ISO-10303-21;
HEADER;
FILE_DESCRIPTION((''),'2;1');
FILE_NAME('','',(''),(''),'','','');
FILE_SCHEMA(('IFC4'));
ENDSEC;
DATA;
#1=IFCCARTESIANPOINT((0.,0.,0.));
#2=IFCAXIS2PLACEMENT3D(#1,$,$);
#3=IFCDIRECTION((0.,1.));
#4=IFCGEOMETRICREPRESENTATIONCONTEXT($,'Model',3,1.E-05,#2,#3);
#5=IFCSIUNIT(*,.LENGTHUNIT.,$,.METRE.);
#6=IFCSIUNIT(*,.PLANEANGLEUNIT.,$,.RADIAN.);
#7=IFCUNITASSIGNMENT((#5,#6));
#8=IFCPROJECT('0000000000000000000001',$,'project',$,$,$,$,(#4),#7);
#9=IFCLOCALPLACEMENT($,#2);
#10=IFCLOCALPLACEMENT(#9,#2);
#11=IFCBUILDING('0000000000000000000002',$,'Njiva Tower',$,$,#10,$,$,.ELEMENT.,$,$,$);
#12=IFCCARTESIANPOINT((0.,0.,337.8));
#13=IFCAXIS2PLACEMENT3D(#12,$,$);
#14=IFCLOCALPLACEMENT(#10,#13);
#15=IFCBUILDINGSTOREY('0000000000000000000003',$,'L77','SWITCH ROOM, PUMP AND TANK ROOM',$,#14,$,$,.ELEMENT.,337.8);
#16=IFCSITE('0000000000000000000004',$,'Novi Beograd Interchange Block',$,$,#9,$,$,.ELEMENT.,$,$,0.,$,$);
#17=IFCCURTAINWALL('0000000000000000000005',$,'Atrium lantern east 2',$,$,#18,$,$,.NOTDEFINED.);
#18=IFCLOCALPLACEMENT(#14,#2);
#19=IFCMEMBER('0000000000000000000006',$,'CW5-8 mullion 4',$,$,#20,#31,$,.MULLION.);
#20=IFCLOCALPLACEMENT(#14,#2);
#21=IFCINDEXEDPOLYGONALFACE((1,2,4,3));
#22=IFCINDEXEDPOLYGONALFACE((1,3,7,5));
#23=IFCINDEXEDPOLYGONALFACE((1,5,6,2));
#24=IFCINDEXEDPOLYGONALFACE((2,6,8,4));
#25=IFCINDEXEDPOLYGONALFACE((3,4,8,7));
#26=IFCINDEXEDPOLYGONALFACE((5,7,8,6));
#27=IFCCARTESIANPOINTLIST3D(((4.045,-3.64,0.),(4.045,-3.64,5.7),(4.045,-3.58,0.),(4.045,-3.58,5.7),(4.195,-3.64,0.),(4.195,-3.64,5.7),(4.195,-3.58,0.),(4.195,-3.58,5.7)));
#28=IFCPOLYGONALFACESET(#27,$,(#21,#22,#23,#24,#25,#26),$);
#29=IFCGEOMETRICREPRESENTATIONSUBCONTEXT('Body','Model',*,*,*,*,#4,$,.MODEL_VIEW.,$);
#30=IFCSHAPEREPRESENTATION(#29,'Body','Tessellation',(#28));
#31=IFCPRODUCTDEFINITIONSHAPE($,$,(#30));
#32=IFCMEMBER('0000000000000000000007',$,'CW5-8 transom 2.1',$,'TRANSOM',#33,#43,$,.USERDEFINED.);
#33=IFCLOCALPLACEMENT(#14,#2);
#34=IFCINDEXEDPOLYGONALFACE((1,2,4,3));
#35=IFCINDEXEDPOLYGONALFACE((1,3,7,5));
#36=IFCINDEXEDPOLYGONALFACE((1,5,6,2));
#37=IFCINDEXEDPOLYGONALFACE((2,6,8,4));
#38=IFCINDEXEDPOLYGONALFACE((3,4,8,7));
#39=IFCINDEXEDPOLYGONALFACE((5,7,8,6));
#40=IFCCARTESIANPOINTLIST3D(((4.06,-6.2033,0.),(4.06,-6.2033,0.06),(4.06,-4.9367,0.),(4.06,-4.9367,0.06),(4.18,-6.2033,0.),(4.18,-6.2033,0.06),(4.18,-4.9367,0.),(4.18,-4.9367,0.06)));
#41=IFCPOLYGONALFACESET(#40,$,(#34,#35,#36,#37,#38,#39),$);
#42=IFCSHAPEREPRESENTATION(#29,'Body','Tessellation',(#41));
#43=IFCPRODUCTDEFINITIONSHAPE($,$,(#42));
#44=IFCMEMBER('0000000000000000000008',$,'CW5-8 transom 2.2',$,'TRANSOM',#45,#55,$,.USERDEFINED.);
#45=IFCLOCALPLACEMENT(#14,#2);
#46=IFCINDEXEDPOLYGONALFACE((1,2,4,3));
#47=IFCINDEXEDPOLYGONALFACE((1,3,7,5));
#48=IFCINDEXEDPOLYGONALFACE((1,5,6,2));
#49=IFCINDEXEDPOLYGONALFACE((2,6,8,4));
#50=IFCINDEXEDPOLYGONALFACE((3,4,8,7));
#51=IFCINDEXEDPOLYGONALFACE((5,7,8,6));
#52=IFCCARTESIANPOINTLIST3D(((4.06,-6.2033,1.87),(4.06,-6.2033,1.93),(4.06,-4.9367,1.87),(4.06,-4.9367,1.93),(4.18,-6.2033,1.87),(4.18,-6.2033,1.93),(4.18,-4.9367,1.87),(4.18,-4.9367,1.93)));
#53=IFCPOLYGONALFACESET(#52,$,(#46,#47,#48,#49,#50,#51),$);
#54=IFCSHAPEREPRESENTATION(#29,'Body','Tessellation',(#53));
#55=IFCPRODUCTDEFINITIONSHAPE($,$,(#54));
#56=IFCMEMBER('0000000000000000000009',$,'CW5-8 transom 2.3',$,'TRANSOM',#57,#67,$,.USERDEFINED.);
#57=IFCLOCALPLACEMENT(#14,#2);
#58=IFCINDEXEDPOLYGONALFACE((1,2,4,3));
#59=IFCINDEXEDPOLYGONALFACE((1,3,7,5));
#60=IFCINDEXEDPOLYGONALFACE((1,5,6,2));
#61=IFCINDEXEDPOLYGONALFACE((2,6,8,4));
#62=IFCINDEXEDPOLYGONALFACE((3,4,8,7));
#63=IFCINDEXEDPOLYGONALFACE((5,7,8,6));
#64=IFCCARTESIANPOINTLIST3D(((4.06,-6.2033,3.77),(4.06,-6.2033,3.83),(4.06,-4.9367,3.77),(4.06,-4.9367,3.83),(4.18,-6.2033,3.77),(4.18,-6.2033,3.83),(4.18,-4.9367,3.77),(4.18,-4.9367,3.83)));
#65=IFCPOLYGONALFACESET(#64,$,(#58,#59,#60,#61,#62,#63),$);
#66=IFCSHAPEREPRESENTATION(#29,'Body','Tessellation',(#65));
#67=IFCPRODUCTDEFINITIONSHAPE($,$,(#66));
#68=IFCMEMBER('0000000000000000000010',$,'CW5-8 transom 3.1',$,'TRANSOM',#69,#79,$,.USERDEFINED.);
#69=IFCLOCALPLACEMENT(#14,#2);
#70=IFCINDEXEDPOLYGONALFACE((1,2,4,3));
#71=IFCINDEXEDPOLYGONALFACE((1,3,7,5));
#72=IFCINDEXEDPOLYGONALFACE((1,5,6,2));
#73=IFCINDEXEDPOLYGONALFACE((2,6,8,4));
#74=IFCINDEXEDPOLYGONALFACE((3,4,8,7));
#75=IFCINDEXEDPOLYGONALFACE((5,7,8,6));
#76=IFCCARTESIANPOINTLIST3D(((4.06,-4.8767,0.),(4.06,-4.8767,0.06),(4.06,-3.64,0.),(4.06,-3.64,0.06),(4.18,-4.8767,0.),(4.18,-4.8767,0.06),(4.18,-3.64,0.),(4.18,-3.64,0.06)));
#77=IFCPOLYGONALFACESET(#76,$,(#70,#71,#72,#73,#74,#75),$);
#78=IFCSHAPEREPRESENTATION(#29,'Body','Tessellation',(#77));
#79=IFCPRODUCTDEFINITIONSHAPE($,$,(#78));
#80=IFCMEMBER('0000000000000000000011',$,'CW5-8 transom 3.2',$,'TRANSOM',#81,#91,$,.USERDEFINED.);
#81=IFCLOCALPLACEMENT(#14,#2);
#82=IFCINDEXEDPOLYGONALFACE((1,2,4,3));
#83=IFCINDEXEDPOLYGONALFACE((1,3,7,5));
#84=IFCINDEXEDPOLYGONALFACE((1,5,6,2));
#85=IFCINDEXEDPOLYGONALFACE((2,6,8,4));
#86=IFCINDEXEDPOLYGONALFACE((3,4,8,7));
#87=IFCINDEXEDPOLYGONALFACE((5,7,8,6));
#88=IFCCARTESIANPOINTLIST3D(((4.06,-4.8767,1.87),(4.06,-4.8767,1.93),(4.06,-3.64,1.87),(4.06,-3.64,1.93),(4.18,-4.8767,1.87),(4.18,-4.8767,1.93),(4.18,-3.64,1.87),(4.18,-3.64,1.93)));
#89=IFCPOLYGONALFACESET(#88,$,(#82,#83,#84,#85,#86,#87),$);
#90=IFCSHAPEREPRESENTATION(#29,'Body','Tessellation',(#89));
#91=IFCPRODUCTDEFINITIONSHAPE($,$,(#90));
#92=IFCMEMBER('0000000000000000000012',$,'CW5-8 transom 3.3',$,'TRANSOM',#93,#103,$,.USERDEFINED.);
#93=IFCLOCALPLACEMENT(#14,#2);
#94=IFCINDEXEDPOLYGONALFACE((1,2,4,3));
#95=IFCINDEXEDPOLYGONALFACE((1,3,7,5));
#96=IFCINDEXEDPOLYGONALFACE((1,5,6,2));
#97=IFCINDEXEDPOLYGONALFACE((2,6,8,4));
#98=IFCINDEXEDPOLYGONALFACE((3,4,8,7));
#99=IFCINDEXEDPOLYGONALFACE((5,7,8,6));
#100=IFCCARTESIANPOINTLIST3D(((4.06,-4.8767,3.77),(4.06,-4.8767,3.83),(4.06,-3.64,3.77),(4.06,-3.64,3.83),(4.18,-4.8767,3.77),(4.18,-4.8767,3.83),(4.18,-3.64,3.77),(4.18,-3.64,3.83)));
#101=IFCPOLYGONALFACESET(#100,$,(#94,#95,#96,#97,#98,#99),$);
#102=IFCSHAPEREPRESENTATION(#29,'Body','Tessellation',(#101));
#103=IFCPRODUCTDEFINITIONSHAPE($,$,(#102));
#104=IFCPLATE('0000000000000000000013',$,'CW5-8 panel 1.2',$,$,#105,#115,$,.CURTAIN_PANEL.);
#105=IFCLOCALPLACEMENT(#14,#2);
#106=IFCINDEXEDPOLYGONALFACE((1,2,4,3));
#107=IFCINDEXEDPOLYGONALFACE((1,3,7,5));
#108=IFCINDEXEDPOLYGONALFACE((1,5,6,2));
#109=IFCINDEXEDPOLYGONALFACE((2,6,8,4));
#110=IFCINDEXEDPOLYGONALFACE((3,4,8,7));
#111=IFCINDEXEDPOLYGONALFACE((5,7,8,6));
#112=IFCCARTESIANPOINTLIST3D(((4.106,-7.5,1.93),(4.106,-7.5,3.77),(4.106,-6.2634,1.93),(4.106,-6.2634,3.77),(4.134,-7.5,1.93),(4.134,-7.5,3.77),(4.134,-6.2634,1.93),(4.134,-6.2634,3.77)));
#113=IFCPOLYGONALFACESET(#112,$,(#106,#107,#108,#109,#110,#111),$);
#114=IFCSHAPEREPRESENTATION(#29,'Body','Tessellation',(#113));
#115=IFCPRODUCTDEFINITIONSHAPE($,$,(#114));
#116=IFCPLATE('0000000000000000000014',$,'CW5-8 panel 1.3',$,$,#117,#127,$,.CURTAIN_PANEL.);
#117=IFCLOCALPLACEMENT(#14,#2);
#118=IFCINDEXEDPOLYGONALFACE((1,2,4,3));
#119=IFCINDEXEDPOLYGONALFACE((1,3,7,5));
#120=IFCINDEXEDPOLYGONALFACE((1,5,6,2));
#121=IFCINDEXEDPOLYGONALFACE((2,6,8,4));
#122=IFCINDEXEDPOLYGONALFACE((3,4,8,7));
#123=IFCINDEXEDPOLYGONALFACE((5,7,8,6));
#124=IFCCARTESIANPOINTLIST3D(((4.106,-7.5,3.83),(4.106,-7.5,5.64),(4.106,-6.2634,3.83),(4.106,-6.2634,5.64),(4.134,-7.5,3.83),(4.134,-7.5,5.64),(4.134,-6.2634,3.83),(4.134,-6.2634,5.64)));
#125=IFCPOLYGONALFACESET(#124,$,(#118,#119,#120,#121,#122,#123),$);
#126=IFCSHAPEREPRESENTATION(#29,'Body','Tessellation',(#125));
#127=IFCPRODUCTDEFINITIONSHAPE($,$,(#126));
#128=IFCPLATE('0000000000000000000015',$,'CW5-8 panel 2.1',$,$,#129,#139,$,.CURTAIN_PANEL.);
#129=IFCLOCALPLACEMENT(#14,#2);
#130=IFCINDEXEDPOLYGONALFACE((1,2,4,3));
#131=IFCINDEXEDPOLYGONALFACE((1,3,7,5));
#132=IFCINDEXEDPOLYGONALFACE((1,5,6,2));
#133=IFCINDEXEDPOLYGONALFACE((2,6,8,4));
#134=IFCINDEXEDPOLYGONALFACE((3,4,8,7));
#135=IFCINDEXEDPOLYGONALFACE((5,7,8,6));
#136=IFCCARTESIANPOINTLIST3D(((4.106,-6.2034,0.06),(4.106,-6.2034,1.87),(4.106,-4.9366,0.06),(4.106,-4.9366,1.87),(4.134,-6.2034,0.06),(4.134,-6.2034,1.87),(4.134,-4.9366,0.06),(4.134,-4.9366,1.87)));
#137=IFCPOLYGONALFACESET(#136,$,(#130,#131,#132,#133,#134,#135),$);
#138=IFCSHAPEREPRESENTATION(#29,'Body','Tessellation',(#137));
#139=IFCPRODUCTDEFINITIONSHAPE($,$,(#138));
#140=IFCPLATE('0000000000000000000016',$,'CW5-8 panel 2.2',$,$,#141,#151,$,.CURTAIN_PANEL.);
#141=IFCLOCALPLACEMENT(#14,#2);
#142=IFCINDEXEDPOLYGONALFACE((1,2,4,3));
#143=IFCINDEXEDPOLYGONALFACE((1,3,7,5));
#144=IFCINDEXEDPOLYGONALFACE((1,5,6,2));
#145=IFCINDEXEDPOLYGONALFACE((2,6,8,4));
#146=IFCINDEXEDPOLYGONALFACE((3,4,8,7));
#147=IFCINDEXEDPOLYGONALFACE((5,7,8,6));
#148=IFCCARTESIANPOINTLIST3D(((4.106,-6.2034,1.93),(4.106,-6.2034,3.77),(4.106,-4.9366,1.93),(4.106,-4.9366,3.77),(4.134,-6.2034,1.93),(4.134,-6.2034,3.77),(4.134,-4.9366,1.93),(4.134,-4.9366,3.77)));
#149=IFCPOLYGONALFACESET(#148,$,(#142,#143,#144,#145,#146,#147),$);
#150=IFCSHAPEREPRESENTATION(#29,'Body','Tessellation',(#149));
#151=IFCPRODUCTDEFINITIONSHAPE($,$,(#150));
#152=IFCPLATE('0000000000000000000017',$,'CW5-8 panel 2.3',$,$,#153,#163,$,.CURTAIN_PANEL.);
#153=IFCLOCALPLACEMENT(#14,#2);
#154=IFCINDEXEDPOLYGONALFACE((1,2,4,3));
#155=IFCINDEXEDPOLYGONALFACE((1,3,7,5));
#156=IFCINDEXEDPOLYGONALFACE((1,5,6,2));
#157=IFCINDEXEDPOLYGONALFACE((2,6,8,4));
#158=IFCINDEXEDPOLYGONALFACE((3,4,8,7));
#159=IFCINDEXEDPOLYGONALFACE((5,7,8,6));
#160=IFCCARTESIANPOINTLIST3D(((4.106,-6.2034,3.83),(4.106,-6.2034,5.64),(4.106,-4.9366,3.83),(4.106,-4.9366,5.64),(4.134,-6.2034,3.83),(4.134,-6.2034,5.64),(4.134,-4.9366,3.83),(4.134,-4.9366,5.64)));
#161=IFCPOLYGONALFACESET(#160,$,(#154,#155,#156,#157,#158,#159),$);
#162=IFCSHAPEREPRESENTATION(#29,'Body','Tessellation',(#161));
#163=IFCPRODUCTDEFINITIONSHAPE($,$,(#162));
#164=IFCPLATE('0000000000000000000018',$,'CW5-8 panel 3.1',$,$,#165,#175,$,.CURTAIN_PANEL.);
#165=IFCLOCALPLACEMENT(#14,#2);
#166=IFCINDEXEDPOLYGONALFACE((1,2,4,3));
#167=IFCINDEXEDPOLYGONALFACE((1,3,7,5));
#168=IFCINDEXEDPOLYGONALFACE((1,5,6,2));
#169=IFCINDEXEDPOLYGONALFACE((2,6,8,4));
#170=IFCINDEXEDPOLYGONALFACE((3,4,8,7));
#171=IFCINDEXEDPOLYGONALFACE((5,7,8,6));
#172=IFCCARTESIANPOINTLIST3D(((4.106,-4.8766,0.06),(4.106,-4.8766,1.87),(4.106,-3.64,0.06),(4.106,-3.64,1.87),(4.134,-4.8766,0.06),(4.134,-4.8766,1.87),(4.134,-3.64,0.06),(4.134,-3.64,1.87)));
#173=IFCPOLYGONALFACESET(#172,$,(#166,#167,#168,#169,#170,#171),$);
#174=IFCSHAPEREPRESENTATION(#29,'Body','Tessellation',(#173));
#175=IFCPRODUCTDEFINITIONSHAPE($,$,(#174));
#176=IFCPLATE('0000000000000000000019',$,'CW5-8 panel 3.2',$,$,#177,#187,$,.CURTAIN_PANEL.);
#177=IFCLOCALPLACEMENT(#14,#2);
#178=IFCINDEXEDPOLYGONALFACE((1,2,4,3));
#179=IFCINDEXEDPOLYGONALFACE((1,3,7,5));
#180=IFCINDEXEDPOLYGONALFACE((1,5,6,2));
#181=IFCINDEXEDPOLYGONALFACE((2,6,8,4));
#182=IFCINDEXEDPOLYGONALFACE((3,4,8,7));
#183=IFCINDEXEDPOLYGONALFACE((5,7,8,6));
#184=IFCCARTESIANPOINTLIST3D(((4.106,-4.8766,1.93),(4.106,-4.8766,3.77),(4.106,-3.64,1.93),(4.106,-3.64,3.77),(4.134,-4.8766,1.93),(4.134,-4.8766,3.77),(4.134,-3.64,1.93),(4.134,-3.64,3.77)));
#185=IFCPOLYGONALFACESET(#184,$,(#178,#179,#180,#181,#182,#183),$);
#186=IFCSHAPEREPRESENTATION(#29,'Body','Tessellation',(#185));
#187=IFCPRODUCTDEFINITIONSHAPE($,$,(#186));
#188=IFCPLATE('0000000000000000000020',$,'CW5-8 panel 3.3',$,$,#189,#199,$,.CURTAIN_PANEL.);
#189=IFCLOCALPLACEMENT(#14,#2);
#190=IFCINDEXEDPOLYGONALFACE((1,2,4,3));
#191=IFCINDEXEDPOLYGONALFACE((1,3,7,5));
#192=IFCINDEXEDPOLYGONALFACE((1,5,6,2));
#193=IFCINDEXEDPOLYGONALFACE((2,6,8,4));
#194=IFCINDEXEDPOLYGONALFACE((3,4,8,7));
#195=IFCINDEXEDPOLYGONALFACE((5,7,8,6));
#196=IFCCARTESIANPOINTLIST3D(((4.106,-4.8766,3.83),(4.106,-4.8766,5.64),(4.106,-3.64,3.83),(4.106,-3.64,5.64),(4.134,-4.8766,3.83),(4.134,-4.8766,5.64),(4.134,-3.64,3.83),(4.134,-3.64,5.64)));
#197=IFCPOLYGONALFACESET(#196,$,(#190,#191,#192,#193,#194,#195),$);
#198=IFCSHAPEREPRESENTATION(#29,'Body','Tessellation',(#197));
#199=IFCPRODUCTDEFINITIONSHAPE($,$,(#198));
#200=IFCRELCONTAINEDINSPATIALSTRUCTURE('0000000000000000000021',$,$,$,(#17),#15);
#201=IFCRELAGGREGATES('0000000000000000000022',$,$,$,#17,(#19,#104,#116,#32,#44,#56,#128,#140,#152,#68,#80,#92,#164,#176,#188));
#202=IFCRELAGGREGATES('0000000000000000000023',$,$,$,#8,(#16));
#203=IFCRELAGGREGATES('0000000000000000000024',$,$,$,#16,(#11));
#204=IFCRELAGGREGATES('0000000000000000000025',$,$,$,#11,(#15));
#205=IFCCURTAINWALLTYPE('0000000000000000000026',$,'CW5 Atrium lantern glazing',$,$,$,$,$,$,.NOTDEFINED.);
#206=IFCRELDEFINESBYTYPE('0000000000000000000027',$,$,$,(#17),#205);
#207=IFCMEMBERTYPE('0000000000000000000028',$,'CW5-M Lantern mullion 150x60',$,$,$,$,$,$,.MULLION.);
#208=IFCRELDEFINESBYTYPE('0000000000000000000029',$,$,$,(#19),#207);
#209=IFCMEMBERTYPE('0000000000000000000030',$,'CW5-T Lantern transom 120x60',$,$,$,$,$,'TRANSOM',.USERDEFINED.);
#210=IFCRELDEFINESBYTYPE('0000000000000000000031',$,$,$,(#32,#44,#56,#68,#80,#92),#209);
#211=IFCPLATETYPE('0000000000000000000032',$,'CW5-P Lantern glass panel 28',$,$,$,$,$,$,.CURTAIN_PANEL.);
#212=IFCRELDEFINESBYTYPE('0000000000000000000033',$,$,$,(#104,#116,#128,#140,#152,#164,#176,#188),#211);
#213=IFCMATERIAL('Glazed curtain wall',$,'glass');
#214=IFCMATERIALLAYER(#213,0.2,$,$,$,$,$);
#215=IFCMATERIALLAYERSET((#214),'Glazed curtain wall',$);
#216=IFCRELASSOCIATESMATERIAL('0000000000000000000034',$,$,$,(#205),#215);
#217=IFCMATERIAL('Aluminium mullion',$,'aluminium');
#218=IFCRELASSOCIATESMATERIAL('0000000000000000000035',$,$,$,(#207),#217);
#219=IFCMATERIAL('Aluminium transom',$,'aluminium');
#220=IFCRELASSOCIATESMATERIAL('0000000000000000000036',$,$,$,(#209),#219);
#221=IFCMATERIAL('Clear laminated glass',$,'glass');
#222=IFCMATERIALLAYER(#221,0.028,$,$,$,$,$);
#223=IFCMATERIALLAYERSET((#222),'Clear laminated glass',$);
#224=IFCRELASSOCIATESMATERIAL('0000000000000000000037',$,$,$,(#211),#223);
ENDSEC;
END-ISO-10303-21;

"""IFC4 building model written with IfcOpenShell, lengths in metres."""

from ifc_helpers import new_model, si_unit, direction, frame, origin, origin_2d, place, context, subcontext, project, spatial, rectangle, extrude, material, layer, layer_set, material_profile, profile_set, type_object, element, aggregate, save


model = new_model("IFC4")

# Units and contexts
model_context = context("Model", 3, precision=1e-05, world=origin(), true_north=direction((0.0, 1.0)))
body_context = subcontext(model_context, "Body", "Model", "MODEL_VIEW")
ifc_project = project(units=[si_unit("LENGTHUNIT", "METRE"), si_unit("PLANEANGLEUNIT", "RADIAN")], contexts=[model_context])

# Site, building, storey
site_placement = place(None, origin())
site = spatial("IfcSite", under=ifc_project, at=site_placement, Name="Novi Beograd Interchange Block", CompositionType="ELEMENT", RefElevation=0.0)
building_placement = place(site_placement, origin())
building = spatial("IfcBuilding", under=site, at=building_placement, Name="Njiva Tower", CompositionType="ELEMENT")
storey_placement = place(building_placement, frame((0.0, 0.0, 337.8)))
storey = spatial("IfcBuildingStorey", under=building, at=storey_placement, Name="L77", Description="SWITCH ROOM, PUMP AND TANK ROOM", CompositionType="ELEMENT", Elevation=337.8)

# Curtain wall, members, plates
ifc_material_1 = material(Name="Glazed curtain wall", Category="glass")
ifc_layer_1 = layer(ifc_material_1, 0.2)
ifc_layer_set_1 = layer_set([ifc_layer_1], Name="Glazed curtain wall")
curtain_wall_type = type_object("IfcCurtainWallType", Name="CW5 Atrium lantern glazing", PredefinedType="NOTDEFINED", material=ifc_layer_set_1)
curtain_wall_placement = place(storey_placement, origin())
curtain_wall = element("IfcCurtainWall", 1, at=curtain_wall_placement, inside=storey, type_object=curtain_wall_type, Name="Atrium lantern east 2", PredefinedType="NOTDEFINED")
ifc_material_2 = material(Name="Aluminium mullion", Category="aluminium")
ifc_material_profile_1 = material_profile(ifc_material_2, rectangle(XDim=0.15, YDim=0.06, at=origin_2d()), Name="RECT 150x60")
ifc_profile_set_1 = profile_set([ifc_material_profile_1], Name="Aluminium mullion")
member_type_1 = type_object("IfcMemberType", Name="CW5-M Lantern mullion 150x60", PredefinedType="MULLION", material=ifc_profile_set_1)
member_1_placement = place(storey_placement, frame((4.12, -3.61, 0.0), z_axis=(0.0, 0.0, 1.0), x_axis=(-1.0, 0.0, 0.0)))
member_1 = element("IfcMember", 2, at=member_1_placement, type_object=member_type_1, Name="CW5-8 mullion 4", PredefinedType="MULLION", context=body_context, shape_type="SweptSolid", body=[
    extrude(rectangle(XDim=0.15, YDim=0.06, at=origin_2d()), origin(), (0.0, 0.0, 1.0), 5.7),
])
ifc_material_3 = material(Name="Aluminium transom", Category="aluminium")
ifc_material_profile_2 = material_profile(ifc_material_3, rectangle(XDim=0.12, YDim=0.06, at=origin_2d()), Name="RECT 120x60")
ifc_profile_set_2 = profile_set([ifc_material_profile_2], Name="Aluminium transom")
member_type_2 = type_object("IfcMemberType", Name="CW5-T Lantern transom 120x60", ElementType="TRANSOM", PredefinedType="USERDEFINED", material=ifc_profile_set_2)
member_2_placement = place(storey_placement, frame((4.12, -6.2033, 0.03), z_axis=(0.0, 1.0, 0.0), x_axis=(-1.0, 0.0, 0.0)))
member_2 = element("IfcMember", 3, at=member_2_placement, type_object=member_type_2, Name="CW5-8 transom 2.1", ObjectType="TRANSOM", PredefinedType="USERDEFINED", context=body_context, shape_type="SweptSolid", body=[
    extrude(rectangle(XDim=0.12, YDim=0.06, at=origin_2d()), origin(), (0.0, 0.0, 1.0), 1.2666),
])
member_3_placement = place(storey_placement, frame((4.12, -6.2033, 1.9), z_axis=(0.0, 1.0, 0.0), x_axis=(-1.0, 0.0, 0.0)))
member_3 = element("IfcMember", 4, at=member_3_placement, type_object=member_type_2, Name="CW5-8 transom 2.2", ObjectType="TRANSOM", PredefinedType="USERDEFINED", context=body_context, shape_type="SweptSolid", body=[
    extrude(rectangle(XDim=0.12, YDim=0.06, at=origin_2d()), origin(), (0.0, 0.0, 1.0), 1.2666),
])
member_4_placement = place(storey_placement, frame((4.12, -6.2033, 3.8), z_axis=(0.0, 1.0, 0.0), x_axis=(-1.0, 0.0, 0.0)))
member_4 = element("IfcMember", 5, at=member_4_placement, type_object=member_type_2, Name="CW5-8 transom 2.3", ObjectType="TRANSOM", PredefinedType="USERDEFINED", context=body_context, shape_type="SweptSolid", body=[
    extrude(rectangle(XDim=0.12, YDim=0.06, at=origin_2d()), origin(), (0.0, 0.0, 1.0), 1.2666),
])
member_5_placement = place(storey_placement, frame((4.12, -4.8767, 0.03), z_axis=(0.0, 1.0, 0.0), x_axis=(-1.0, 0.0, 0.0)))
member_5 = element("IfcMember", 6, at=member_5_placement, type_object=member_type_2, Name="CW5-8 transom 3.1", ObjectType="TRANSOM", PredefinedType="USERDEFINED", context=body_context, shape_type="SweptSolid", body=[
    extrude(rectangle(XDim=0.12, YDim=0.06, at=origin_2d()), origin(), (0.0, 0.0, 1.0), 1.2367),
])
member_6_placement = place(storey_placement, frame((4.12, -4.8767, 1.9), z_axis=(0.0, 1.0, 0.0), x_axis=(-1.0, 0.0, 0.0)))
member_6 = element("IfcMember", 7, at=member_6_placement, type_object=member_type_2, Name="CW5-8 transom 3.2", ObjectType="TRANSOM", PredefinedType="USERDEFINED", context=body_context, shape_type="SweptSolid", body=[
    extrude(rectangle(XDim=0.12, YDim=0.06, at=origin_2d()), origin(), (0.0, 0.0, 1.0), 1.2367),
])
member_7_placement = place(storey_placement, frame((4.12, -4.8767, 3.8), z_axis=(0.0, 1.0, 0.0), x_axis=(-1.0, 0.0, 0.0)))
member_7 = element("IfcMember", 8, at=member_7_placement, type_object=member_type_2, Name="CW5-8 transom 3.3", ObjectType="TRANSOM", PredefinedType="USERDEFINED", context=body_context, shape_type="SweptSolid", body=[
    extrude(rectangle(XDim=0.12, YDim=0.06, at=origin_2d()), origin(), (0.0, 0.0, 1.0), 1.2367),
])
ifc_material_4 = material(Name="Clear laminated glass", Category="glass")
ifc_layer_2 = layer(ifc_material_4, 0.028)
ifc_layer_set_2 = layer_set([ifc_layer_2], Name="Clear laminated glass")
plate_type = type_object("IfcPlateType", Name="CW5-P Lantern glass panel 28", PredefinedType="CURTAIN_PANEL", material=ifc_layer_set_2)
plate_1_placement = place(storey_placement, frame((4.12, -6.8817, 1.93), z_axis=(0.0, 0.0, 1.0), x_axis=(0.0, 1.0, 0.0)))
plate_1 = element("IfcPlate", 9, at=plate_1_placement, type_object=plate_type, Name="CW5-8 panel 1.2", PredefinedType="CURTAIN_PANEL", context=body_context, shape_type="SweptSolid", body=[
    extrude(rectangle(XDim=1.2367, YDim=0.028, at=origin_2d()), origin(), (0.0, 0.0, 1.0), 1.84),
])
plate_2_placement = place(storey_placement, frame((4.12, -6.8817, 3.83), z_axis=(0.0, 0.0, 1.0), x_axis=(0.0, 1.0, 0.0)))
plate_2 = element("IfcPlate", 10, at=plate_2_placement, type_object=plate_type, Name="CW5-8 panel 1.3", PredefinedType="CURTAIN_PANEL", context=body_context, shape_type="SweptSolid", body=[
    extrude(rectangle(XDim=1.2367, YDim=0.028, at=origin_2d()), origin(), (0.0, 0.0, 1.0), 1.81),
])
plate_3_placement = place(storey_placement, frame((4.12, -5.57, 0.06), z_axis=(0.0, 0.0, 1.0), x_axis=(0.0, 1.0, 0.0)))
plate_3 = element("IfcPlate", 11, at=plate_3_placement, type_object=plate_type, Name="CW5-8 panel 2.1", PredefinedType="CURTAIN_PANEL", context=body_context, shape_type="SweptSolid", body=[
    extrude(rectangle(XDim=1.2667, YDim=0.028, at=origin_2d()), origin(), (0.0, 0.0, 1.0), 1.81),
])
plate_4_placement = place(storey_placement, frame((4.12, -5.57, 1.93), z_axis=(0.0, 0.0, 1.0), x_axis=(0.0, 1.0, 0.0)))
plate_4 = element("IfcPlate", 12, at=plate_4_placement, type_object=plate_type, Name="CW5-8 panel 2.2", PredefinedType="CURTAIN_PANEL", context=body_context, shape_type="SweptSolid", body=[
    extrude(rectangle(XDim=1.2667, YDim=0.028, at=origin_2d()), origin(), (0.0, 0.0, 1.0), 1.84),
])
plate_5_placement = place(storey_placement, frame((4.12, -5.57, 3.83), z_axis=(0.0, 0.0, 1.0), x_axis=(0.0, 1.0, 0.0)))
plate_5 = element("IfcPlate", 13, at=plate_5_placement, type_object=plate_type, Name="CW5-8 panel 2.3", PredefinedType="CURTAIN_PANEL", context=body_context, shape_type="SweptSolid", body=[
    extrude(rectangle(XDim=1.2667, YDim=0.028, at=origin_2d()), origin(), (0.0, 0.0, 1.0), 1.81),
])
plate_6_placement = place(storey_placement, frame((4.12, -4.2583, 0.06), z_axis=(0.0, 0.0, 1.0), x_axis=(0.0, 1.0, 0.0)))
plate_6 = element("IfcPlate", 14, at=plate_6_placement, type_object=plate_type, Name="CW5-8 panel 3.1", PredefinedType="CURTAIN_PANEL", context=body_context, shape_type="SweptSolid", body=[
    extrude(rectangle(XDim=1.2367, YDim=0.028, at=origin_2d()), origin(), (0.0, 0.0, 1.0), 1.81),
])
plate_7_placement = place(storey_placement, frame((4.12, -4.2583, 1.93), z_axis=(0.0, 0.0, 1.0), x_axis=(0.0, 1.0, 0.0)))
plate_7 = element("IfcPlate", 15, at=plate_7_placement, type_object=plate_type, Name="CW5-8 panel 3.2", PredefinedType="CURTAIN_PANEL", context=body_context, shape_type="SweptSolid", body=[
    extrude(rectangle(XDim=1.2367, YDim=0.028, at=origin_2d()), origin(), (0.0, 0.0, 1.0), 1.84),
])
plate_8_placement = place(storey_placement, frame((4.12, -4.2583, 3.83), z_axis=(0.0, 0.0, 1.0), x_axis=(0.0, 1.0, 0.0)))
plate_8 = element("IfcPlate", 16, at=plate_8_placement, type_object=plate_type, Name="CW5-8 panel 3.3", PredefinedType="CURTAIN_PANEL", context=body_context, shape_type="SweptSolid", body=[
    extrude(rectangle(XDim=1.2367, YDim=0.028, at=origin_2d()), origin(), (0.0, 0.0, 1.0), 1.81),
])
aggregate(curtain_wall, [member_1, plate_1, plate_2, member_2, member_3, member_4, plate_3, plate_4, plate_5, member_5, member_6, member_7, plate_6, plate_7, plate_8])

save(model, "model.ifc")
